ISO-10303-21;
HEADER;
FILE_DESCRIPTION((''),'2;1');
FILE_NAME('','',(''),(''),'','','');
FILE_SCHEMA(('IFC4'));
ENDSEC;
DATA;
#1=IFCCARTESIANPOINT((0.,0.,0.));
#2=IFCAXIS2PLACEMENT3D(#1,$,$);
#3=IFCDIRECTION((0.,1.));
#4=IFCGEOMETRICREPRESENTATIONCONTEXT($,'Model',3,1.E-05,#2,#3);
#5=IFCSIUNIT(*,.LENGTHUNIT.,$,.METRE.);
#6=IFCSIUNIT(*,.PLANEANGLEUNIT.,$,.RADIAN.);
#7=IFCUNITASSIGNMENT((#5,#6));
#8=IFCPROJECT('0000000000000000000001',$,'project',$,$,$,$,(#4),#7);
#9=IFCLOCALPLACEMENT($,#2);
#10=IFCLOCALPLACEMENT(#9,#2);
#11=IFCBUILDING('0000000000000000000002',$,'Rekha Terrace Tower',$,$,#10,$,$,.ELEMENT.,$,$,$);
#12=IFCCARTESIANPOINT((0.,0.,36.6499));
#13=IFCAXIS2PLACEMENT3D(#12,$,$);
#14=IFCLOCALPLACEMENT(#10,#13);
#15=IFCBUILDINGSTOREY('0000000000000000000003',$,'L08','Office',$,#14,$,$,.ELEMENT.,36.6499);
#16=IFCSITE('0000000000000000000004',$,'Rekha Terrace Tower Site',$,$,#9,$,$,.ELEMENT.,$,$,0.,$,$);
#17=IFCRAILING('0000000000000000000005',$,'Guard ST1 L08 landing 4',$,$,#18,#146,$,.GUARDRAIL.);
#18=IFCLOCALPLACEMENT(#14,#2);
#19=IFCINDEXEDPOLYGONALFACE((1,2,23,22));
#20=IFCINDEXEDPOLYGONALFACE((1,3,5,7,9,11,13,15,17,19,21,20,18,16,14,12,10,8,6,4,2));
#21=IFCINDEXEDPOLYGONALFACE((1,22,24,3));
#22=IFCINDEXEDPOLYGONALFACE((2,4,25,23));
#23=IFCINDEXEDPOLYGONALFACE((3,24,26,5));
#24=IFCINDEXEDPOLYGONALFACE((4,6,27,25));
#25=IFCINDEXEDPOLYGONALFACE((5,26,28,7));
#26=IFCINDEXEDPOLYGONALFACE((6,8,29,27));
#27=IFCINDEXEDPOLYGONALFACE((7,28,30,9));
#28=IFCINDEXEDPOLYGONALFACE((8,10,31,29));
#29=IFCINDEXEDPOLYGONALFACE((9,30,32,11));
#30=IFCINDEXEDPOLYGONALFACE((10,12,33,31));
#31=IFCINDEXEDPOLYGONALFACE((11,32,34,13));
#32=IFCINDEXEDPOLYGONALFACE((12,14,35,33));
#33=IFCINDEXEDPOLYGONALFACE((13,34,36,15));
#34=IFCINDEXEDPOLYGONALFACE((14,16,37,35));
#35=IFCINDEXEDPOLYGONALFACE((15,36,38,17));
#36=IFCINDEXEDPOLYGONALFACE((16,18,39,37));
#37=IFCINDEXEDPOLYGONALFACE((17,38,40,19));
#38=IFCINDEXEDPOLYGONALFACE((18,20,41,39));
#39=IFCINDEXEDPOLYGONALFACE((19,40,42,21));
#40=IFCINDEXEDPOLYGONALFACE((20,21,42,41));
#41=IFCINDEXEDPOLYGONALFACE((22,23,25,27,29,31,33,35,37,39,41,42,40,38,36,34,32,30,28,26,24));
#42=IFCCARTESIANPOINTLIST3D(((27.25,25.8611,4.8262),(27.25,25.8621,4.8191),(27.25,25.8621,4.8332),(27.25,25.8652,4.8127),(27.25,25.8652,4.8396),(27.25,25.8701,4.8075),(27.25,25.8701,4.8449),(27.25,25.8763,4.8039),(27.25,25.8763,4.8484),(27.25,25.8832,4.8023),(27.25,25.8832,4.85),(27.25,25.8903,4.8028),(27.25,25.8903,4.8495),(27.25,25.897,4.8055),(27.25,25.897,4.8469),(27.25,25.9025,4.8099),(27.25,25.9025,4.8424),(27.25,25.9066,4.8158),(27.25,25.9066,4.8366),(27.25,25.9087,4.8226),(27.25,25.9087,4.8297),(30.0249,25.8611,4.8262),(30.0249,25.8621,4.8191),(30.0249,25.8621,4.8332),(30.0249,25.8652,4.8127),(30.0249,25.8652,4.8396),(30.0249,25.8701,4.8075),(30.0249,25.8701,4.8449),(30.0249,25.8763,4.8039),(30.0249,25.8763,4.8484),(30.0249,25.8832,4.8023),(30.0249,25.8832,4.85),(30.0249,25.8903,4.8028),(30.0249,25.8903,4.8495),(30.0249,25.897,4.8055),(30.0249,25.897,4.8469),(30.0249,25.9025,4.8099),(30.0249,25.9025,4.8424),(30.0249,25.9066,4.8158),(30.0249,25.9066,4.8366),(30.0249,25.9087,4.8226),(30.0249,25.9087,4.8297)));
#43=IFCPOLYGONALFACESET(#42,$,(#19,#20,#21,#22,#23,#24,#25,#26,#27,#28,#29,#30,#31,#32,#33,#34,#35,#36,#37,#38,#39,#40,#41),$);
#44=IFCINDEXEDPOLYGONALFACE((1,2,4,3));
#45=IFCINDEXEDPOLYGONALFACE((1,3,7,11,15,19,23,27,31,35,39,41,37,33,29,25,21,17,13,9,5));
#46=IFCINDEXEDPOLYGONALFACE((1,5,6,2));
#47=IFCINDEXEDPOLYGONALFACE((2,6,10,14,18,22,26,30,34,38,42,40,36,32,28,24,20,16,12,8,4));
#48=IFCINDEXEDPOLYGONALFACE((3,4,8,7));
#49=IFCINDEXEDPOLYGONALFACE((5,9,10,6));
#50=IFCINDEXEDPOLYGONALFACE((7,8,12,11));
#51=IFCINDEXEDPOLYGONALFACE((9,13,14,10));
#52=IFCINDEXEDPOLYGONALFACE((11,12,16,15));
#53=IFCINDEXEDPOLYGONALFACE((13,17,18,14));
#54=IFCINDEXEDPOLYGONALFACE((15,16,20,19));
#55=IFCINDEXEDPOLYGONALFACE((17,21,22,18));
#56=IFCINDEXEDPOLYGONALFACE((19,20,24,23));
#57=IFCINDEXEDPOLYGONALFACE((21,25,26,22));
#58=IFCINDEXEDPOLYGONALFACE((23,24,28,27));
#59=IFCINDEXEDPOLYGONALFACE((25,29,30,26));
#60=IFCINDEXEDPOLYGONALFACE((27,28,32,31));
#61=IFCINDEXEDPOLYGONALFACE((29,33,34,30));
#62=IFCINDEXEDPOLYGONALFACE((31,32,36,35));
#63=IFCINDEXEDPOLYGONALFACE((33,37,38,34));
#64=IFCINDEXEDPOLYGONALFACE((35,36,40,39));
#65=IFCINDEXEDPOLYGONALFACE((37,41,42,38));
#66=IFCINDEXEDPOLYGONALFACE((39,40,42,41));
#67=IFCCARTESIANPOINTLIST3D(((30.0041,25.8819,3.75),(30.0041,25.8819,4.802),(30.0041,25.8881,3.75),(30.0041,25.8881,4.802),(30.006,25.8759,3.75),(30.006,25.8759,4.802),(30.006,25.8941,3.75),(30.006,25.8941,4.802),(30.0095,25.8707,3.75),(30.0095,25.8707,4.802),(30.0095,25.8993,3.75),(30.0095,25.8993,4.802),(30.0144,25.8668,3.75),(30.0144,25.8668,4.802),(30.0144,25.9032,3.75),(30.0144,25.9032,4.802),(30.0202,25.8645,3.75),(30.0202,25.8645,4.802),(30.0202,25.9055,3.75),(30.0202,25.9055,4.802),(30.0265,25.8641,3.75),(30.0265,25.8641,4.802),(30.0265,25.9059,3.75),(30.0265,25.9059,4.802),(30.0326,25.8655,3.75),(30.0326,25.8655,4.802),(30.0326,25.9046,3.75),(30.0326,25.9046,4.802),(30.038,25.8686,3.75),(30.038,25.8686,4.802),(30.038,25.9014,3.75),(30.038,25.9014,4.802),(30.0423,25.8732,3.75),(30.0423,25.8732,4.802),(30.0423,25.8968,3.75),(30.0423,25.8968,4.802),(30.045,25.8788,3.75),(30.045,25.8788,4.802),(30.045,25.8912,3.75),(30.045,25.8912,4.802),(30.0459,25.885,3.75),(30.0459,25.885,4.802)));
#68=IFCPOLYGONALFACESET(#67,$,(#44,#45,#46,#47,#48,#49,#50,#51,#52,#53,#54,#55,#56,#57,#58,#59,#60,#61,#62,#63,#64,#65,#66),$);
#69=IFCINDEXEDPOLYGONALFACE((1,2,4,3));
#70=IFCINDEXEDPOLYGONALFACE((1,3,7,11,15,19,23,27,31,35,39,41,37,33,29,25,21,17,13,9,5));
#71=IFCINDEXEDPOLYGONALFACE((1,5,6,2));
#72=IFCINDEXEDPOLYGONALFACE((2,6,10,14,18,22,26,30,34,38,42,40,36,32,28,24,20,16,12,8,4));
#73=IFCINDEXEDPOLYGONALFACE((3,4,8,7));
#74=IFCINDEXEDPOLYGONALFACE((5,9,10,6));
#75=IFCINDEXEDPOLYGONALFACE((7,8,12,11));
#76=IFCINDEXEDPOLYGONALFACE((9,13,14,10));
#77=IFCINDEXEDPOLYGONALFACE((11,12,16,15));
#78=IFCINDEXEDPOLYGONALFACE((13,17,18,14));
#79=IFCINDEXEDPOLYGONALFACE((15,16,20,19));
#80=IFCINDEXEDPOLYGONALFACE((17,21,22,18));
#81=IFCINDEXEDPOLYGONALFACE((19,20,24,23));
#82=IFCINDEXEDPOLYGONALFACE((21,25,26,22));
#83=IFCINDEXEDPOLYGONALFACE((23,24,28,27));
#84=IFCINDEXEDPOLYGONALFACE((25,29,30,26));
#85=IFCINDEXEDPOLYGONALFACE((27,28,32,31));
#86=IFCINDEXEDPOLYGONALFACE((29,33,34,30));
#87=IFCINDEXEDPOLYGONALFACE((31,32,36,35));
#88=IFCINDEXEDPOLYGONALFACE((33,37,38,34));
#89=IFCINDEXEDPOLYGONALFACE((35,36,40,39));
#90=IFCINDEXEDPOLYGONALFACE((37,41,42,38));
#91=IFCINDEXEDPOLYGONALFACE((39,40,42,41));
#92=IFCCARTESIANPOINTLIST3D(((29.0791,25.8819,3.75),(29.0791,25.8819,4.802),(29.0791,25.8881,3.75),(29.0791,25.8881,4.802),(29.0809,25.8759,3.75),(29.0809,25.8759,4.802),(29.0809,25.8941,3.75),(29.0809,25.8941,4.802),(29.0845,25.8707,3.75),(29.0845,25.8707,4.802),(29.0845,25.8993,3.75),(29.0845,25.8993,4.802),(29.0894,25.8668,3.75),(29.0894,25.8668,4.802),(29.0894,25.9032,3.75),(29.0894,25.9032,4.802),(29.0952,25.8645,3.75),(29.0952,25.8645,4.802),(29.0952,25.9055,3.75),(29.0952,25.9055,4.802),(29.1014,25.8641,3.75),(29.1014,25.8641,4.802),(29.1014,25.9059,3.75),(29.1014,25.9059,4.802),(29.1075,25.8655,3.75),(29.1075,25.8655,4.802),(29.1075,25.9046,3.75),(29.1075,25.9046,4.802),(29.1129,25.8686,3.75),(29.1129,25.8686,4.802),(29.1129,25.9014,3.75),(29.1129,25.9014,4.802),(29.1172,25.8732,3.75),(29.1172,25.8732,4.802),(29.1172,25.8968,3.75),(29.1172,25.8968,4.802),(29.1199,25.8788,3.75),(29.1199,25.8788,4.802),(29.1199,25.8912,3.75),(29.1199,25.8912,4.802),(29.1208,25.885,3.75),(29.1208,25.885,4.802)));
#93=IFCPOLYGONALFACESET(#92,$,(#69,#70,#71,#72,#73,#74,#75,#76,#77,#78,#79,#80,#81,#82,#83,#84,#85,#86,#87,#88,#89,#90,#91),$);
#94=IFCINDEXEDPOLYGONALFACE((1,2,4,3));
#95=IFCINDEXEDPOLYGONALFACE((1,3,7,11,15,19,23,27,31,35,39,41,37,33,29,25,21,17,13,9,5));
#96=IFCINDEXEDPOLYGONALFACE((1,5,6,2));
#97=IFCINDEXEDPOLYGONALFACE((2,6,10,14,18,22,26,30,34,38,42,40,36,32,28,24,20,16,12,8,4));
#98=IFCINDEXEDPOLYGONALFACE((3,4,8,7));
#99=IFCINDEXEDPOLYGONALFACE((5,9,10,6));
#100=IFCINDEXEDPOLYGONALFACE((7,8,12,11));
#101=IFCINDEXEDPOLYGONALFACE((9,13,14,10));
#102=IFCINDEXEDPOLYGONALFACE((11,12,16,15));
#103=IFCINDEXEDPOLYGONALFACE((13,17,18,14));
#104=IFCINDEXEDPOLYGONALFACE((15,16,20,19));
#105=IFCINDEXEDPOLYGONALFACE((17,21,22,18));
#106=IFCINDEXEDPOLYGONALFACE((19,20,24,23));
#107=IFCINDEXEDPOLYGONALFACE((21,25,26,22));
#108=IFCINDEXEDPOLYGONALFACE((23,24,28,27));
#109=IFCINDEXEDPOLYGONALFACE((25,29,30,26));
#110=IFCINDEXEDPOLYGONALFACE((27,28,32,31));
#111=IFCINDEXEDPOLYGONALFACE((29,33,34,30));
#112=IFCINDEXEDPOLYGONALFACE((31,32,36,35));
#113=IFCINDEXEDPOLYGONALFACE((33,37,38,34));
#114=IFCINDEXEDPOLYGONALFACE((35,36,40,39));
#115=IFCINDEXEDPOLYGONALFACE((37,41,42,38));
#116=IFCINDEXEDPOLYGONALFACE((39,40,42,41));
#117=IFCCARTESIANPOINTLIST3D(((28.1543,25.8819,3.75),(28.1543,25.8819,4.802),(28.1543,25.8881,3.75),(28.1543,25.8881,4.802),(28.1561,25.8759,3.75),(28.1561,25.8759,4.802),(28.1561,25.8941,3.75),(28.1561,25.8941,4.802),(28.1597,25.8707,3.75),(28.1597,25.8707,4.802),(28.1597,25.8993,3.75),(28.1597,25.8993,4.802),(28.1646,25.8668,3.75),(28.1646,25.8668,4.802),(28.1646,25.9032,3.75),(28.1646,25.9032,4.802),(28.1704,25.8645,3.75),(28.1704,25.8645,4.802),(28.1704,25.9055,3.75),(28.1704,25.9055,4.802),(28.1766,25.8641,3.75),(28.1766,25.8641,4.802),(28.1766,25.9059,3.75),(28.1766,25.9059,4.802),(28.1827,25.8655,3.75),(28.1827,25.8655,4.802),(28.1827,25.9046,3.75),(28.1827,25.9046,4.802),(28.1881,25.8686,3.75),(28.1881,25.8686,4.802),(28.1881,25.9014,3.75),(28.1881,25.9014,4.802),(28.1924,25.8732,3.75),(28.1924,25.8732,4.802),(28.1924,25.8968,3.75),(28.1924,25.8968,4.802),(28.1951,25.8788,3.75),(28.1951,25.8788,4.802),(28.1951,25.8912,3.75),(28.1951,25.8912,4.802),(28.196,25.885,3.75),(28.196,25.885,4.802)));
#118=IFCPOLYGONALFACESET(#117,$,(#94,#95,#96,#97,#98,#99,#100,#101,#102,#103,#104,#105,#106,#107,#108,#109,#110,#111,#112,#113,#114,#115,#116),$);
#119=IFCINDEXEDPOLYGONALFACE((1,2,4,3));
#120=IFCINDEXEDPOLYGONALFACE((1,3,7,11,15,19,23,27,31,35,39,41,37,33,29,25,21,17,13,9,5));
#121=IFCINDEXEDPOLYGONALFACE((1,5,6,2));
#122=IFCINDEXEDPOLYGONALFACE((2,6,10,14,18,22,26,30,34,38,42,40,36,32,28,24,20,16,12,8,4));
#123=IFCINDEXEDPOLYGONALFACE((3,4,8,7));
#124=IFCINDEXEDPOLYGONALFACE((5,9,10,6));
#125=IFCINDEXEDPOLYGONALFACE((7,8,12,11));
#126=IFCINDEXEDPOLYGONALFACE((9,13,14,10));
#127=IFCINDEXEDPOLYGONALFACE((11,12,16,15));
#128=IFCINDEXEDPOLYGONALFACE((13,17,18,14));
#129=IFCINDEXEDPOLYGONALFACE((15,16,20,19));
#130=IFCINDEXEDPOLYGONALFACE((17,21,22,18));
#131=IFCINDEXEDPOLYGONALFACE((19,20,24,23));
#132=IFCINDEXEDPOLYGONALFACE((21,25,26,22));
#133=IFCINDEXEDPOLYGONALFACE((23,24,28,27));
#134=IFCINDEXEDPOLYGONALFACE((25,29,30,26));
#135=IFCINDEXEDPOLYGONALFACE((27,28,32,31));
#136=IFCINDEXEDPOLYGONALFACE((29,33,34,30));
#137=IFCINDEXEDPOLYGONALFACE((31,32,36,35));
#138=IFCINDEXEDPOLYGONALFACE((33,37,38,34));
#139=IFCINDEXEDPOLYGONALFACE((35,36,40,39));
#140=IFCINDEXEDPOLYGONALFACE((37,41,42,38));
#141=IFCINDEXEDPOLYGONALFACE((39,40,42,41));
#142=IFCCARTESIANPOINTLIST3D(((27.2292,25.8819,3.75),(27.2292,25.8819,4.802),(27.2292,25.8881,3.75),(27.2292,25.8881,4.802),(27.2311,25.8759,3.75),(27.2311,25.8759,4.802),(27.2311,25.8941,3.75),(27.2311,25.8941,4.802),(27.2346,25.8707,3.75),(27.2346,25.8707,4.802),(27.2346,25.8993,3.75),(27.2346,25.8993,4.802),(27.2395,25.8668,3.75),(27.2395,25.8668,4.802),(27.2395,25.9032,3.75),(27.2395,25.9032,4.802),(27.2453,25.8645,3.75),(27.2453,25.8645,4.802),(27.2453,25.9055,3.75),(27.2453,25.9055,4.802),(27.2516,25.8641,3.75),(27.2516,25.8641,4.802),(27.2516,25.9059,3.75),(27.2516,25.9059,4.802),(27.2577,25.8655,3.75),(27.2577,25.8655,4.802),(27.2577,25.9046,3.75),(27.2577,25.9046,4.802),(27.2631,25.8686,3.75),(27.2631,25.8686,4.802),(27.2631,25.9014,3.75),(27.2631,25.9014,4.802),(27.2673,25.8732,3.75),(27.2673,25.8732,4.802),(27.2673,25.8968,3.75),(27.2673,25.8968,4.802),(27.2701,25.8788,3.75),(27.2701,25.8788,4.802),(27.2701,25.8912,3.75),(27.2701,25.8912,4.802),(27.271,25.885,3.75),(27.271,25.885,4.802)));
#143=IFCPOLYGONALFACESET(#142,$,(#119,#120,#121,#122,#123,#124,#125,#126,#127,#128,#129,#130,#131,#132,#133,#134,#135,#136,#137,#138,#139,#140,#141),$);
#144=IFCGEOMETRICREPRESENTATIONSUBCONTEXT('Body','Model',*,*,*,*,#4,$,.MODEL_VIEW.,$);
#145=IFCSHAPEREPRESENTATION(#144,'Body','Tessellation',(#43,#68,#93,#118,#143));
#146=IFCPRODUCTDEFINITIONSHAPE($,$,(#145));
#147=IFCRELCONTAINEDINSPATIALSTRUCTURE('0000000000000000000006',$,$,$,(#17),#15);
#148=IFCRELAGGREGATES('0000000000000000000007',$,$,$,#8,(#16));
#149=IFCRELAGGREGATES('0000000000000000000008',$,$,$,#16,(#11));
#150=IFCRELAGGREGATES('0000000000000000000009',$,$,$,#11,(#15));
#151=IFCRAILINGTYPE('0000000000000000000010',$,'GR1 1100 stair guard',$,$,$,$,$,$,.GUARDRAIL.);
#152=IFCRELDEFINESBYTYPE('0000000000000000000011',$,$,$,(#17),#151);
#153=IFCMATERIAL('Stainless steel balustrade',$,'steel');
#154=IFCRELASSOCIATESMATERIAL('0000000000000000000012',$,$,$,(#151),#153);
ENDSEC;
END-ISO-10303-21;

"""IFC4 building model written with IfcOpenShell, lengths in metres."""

from ifc_helpers import new_model, si_unit, direction, frame, origin, origin_2d, place, context, subcontext, project, spatial, circle, extrude, material, type_object, element, save


model = new_model("IFC4")

# Units and contexts
model_context = context("Model", 3, precision=1e-05, world=origin(), true_north=direction((0.0, 1.0)))
body_context = subcontext(model_context, "Body", "Model", "MODEL_VIEW")
ifc_project = project(units=[si_unit("LENGTHUNIT", "METRE"), si_unit("PLANEANGLEUNIT", "RADIAN")], contexts=[model_context])

# Site, building, storey
site_placement = place(None, origin())
site = spatial("IfcSite", under=ifc_project, at=site_placement, Name="Rekha Terrace Tower Site", CompositionType="ELEMENT", RefElevation=0.0)
building_placement = place(site_placement, origin())
building = spatial("IfcBuilding", under=site, at=building_placement, Name="Rekha Terrace Tower", CompositionType="ELEMENT")
storey_placement = place(building_placement, frame((0.0, 0.0, 36.6499)))
storey = spatial("IfcBuildingStorey", under=building, at=storey_placement, Name="L08", Description="Office", CompositionType="ELEMENT", Elevation=36.6499)

# Railing
ifc_material_1 = material(Name="Stainless steel balustrade", Category="steel")
railing_type_1 = type_object("IfcRailingType", Name="GR1 1100 stair guard", PredefinedType="GUARDRAIL", material=ifc_material_1)
railing_1_placement = place(storey_placement, frame((30.0249, 25.885, 3.75)))
element("IfcRailing", 1, at=railing_1_placement, inside=storey, type_object=railing_type_1, Name="Guard ST1 L08 landing 4", PredefinedType="GUARDRAIL", context=body_context, shape_type="SweptSolid", body=[
    extrude(circle(Radius=0.0239, at=origin_2d()), frame((0.0, 0.0, 1.0762), z_axis=(-1.0, 0.0, 0.0), x_axis=(0.0, -1.0, 0.0)), (0.0, 0.0, 1.0), 2.7749),
    extrude(circle(Radius=0.021, at=origin_2d()), origin(), (0.0, 0.0, 1.0), 1.052),
    extrude(circle(Radius=0.021, at=origin_2d()), frame((-0.925, 0.0, 0.0)), (0.0, 0.0, 1.0), 1.052),
    extrude(circle(Radius=0.021, at=origin_2d()), frame((-1.8499, 0.0, 0.0)), (0.0, 0.0, 1.0), 1.052),
    extrude(circle(Radius=0.021, at=origin_2d()), frame((-2.7749, 0.0, 0.0)), (0.0, 0.0, 1.0), 1.052),
])

save(model, "model.ifc")
